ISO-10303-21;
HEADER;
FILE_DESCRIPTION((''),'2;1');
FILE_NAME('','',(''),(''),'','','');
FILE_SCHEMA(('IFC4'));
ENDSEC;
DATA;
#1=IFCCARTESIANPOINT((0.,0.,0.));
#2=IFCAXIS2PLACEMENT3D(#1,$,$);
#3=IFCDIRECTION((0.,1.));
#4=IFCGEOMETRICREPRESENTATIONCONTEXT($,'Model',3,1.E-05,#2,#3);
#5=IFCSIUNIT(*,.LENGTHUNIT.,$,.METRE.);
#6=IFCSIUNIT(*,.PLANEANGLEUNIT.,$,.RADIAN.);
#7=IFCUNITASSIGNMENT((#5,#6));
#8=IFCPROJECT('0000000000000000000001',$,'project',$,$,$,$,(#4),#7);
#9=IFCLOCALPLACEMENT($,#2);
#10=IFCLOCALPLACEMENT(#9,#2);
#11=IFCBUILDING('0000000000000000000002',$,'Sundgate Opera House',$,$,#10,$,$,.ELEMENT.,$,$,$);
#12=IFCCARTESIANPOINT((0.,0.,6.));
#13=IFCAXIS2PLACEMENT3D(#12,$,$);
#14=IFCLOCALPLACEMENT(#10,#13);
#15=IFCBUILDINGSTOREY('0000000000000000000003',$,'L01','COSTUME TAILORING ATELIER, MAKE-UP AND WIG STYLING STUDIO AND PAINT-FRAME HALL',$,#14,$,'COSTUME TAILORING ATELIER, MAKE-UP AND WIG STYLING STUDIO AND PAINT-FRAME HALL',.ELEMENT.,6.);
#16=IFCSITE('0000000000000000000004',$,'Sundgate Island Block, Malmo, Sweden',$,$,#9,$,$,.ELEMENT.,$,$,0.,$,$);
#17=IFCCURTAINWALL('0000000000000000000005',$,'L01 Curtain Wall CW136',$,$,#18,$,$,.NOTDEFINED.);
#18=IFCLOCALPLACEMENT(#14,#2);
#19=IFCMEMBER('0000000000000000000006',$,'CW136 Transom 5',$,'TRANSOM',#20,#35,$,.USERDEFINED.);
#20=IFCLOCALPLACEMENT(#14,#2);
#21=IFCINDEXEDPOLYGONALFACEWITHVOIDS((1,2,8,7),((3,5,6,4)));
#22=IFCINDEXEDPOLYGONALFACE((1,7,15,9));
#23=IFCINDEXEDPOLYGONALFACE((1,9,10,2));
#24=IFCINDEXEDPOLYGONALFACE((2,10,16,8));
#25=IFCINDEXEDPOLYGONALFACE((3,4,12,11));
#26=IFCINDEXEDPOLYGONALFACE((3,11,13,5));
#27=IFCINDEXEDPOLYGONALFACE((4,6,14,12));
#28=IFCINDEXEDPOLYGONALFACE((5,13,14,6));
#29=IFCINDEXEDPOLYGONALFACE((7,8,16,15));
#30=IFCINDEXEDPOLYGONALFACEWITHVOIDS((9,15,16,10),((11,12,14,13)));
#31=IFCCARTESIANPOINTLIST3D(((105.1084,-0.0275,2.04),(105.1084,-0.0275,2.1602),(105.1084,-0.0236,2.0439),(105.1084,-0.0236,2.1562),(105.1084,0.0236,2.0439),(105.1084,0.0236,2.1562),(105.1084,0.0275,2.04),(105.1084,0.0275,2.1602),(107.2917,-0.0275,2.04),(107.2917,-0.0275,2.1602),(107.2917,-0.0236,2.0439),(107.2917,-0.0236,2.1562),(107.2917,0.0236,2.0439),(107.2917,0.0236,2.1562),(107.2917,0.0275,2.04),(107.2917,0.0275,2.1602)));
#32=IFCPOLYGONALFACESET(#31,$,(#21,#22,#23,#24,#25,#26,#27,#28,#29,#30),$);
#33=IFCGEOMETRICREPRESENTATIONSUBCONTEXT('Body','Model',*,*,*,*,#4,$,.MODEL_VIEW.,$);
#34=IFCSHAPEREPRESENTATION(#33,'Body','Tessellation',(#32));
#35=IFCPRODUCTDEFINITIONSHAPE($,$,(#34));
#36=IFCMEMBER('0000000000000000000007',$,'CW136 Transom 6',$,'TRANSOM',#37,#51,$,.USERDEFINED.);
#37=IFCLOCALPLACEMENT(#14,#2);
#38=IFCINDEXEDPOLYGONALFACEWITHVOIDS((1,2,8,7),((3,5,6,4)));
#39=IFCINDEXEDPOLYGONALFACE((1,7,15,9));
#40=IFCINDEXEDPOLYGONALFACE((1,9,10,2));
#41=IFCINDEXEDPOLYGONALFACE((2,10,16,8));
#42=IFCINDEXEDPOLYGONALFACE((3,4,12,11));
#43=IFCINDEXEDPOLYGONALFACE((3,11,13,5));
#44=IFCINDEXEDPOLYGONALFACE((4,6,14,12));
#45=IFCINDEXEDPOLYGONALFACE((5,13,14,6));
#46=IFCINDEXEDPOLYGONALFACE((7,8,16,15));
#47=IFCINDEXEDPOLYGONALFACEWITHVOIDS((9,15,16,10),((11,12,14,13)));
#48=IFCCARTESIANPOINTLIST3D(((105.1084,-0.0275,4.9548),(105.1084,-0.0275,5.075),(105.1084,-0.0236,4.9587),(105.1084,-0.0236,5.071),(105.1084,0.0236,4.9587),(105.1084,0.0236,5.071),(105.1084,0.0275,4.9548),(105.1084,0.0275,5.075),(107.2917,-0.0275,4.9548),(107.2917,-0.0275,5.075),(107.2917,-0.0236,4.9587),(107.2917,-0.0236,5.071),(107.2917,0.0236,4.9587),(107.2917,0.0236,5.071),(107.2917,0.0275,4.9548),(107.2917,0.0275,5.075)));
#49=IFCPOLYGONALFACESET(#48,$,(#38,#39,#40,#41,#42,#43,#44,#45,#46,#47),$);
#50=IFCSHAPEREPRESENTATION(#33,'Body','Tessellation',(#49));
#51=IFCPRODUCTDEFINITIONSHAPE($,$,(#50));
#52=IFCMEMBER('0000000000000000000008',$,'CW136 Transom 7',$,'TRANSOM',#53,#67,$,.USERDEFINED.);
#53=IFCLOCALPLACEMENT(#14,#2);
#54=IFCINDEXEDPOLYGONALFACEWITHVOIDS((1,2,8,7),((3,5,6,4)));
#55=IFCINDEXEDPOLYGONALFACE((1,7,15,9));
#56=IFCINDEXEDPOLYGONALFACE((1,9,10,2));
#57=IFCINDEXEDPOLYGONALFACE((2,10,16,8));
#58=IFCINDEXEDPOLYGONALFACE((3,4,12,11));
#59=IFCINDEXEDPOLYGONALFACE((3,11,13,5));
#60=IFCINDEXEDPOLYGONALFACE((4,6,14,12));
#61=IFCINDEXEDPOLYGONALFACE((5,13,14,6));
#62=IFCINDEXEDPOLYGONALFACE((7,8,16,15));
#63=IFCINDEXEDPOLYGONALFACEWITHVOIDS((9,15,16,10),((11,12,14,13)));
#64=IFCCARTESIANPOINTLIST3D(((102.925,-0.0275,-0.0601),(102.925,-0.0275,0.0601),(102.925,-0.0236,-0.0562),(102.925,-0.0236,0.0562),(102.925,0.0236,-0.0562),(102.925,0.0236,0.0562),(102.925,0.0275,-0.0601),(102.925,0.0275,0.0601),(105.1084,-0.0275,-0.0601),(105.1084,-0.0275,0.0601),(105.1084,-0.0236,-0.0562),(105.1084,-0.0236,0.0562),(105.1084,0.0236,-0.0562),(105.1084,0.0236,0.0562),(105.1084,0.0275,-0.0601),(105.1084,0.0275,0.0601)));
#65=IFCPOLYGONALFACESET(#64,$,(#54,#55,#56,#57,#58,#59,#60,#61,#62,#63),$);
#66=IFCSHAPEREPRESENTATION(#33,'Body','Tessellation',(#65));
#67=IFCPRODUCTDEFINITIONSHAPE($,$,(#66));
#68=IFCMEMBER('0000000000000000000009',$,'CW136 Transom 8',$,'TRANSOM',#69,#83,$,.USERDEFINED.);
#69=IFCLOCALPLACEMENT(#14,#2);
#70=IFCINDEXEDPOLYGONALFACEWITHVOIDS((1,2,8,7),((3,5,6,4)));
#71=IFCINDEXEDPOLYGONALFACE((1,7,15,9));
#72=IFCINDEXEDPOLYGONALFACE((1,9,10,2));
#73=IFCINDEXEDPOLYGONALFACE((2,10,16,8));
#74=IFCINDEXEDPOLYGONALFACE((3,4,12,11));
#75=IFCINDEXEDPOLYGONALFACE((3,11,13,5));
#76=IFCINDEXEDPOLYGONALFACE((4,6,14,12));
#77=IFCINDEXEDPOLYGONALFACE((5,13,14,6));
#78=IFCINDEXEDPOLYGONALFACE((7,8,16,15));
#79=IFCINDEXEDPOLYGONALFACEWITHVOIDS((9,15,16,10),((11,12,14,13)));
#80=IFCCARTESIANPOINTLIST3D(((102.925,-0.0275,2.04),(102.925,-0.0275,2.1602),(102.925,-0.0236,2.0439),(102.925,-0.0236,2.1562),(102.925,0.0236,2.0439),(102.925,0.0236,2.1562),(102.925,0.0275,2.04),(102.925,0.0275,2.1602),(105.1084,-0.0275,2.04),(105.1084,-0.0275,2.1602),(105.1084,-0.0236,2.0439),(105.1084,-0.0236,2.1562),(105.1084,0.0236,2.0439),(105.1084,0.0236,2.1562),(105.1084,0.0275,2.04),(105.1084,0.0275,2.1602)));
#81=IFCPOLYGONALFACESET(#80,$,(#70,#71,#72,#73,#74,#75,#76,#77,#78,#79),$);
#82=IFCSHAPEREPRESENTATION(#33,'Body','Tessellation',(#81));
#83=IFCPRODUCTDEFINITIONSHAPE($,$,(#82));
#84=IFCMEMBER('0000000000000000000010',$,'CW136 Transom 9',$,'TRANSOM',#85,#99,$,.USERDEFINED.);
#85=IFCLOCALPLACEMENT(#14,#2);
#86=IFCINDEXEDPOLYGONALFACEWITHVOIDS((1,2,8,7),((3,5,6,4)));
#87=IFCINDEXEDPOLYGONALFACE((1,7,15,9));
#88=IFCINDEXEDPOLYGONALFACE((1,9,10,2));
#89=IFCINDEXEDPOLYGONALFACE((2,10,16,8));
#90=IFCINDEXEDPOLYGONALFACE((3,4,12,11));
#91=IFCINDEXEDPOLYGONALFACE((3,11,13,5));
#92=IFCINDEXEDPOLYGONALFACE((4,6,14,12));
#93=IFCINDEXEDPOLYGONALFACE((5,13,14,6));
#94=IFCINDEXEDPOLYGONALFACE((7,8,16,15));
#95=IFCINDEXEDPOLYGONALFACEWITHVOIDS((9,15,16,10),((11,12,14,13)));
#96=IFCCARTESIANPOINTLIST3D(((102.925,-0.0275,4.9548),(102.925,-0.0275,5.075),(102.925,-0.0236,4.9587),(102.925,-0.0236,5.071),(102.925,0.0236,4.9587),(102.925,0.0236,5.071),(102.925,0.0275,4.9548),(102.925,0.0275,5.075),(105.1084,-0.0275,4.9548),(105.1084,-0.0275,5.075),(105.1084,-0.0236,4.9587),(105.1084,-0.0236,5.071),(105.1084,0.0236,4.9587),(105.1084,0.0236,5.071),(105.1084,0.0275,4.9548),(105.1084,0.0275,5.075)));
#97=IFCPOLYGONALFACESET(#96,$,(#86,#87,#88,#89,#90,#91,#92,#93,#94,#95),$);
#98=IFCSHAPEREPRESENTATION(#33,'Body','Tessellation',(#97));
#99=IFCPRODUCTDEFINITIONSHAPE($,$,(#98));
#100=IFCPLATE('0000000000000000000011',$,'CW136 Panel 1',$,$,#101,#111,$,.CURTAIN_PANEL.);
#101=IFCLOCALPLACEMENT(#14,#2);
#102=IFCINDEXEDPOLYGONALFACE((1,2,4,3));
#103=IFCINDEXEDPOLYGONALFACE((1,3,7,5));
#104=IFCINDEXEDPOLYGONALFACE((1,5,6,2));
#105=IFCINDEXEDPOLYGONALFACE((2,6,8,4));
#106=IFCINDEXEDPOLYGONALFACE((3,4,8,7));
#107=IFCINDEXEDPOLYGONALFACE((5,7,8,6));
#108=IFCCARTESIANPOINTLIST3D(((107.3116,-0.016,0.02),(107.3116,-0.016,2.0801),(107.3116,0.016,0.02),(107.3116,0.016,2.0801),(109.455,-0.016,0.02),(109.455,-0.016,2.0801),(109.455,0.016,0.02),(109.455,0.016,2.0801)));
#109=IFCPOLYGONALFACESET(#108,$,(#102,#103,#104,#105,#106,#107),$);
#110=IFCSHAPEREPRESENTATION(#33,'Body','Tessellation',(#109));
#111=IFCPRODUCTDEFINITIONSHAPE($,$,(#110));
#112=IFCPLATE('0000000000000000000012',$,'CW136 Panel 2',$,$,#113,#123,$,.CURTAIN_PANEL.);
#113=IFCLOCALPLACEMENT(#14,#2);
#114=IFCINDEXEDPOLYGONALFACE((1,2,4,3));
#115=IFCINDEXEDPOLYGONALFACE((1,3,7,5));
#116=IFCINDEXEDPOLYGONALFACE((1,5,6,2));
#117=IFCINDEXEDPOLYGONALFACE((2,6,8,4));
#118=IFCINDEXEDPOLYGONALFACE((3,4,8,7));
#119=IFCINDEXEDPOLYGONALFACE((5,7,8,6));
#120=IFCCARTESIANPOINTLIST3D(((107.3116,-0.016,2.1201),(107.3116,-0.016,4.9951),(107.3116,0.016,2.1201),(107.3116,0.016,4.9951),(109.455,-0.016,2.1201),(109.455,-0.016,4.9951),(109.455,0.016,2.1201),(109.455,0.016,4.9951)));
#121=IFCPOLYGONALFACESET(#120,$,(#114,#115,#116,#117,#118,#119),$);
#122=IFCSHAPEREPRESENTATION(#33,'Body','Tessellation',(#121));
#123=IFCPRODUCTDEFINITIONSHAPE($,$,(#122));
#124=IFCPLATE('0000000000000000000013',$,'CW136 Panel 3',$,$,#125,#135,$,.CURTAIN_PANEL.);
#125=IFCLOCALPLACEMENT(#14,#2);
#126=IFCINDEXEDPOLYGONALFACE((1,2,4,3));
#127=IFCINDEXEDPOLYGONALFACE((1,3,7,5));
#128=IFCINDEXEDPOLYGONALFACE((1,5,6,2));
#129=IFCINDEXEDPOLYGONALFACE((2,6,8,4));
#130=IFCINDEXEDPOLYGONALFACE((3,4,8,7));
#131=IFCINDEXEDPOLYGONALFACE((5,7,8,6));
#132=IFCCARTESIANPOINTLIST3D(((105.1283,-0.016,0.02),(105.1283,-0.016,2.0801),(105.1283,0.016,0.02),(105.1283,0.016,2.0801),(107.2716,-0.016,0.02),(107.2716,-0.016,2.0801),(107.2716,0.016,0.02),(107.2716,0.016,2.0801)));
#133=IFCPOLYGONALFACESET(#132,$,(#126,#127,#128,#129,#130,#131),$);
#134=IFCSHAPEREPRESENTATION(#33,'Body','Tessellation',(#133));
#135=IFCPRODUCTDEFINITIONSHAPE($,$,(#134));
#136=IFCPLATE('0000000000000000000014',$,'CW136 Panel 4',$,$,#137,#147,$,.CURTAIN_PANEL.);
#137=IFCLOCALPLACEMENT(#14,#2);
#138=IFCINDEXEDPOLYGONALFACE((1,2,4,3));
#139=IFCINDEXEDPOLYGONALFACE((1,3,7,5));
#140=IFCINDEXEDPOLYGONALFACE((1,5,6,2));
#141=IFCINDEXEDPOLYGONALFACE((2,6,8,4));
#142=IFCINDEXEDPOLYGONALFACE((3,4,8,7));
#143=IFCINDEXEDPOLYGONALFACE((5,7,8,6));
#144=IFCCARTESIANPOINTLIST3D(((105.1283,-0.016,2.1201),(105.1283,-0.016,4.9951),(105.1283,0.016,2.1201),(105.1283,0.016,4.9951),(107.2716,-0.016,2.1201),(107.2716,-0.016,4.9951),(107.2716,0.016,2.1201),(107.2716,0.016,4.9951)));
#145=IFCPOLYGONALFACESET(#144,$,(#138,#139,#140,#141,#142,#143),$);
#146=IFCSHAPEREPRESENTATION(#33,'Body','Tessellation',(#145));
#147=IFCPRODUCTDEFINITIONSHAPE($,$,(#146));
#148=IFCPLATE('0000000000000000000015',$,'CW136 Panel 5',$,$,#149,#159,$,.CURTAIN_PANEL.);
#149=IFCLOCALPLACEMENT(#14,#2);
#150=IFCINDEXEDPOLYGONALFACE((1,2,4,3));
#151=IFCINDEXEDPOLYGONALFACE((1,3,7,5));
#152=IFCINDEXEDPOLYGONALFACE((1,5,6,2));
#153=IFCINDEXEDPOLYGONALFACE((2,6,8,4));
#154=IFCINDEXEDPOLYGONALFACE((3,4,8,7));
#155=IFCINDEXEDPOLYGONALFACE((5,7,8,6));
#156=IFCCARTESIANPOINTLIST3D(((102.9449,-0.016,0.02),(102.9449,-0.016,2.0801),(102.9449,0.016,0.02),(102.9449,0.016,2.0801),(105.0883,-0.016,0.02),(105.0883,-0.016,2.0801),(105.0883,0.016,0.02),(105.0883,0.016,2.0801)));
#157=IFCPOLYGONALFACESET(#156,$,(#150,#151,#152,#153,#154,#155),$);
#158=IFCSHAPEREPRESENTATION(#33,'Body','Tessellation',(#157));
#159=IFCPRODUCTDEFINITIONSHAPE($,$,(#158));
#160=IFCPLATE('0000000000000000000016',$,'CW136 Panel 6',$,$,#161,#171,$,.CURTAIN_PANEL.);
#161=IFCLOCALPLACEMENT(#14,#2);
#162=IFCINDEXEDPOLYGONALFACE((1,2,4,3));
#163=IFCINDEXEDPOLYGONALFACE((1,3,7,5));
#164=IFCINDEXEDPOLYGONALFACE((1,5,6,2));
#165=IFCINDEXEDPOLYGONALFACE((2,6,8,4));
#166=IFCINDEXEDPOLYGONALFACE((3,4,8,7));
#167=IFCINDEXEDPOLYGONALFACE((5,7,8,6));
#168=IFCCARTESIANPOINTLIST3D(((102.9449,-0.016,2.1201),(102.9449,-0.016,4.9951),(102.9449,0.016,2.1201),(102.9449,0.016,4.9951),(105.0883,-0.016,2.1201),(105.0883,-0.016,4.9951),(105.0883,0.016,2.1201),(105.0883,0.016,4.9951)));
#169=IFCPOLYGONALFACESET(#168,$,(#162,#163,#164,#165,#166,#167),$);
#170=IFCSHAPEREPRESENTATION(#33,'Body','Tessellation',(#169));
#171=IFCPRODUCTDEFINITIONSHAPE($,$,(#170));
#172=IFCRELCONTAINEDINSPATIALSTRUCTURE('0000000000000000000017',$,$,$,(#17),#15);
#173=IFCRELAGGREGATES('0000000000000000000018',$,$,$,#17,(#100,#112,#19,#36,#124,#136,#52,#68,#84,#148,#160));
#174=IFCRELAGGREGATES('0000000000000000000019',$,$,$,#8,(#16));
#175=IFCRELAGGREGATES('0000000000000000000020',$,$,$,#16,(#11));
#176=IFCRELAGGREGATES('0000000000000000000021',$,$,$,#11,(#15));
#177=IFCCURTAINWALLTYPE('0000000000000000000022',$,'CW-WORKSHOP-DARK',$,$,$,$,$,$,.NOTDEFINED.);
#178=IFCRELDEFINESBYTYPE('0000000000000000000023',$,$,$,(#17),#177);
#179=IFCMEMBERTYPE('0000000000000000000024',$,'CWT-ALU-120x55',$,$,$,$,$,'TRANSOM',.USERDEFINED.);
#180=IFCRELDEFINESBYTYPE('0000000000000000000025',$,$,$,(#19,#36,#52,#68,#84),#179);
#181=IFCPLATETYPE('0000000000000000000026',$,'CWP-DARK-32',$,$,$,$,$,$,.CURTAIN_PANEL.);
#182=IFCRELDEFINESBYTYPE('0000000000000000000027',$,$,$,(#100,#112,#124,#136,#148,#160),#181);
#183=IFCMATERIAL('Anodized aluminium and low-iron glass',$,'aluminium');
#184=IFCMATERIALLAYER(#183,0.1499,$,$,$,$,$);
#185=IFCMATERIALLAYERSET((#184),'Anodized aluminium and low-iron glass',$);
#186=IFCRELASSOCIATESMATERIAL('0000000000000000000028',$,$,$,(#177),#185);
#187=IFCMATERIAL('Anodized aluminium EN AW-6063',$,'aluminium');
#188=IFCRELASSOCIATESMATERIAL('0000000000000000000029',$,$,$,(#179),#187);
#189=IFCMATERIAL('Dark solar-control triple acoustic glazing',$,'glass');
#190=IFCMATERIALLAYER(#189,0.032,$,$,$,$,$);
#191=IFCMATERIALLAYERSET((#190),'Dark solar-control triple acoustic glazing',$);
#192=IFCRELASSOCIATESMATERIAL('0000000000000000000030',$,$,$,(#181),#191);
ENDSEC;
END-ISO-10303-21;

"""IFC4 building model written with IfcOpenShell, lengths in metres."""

from ifc_helpers import new_model, si_unit, direction, frame, origin, origin_2d, place, context, subcontext, project, spatial, rectangle, hollow_rectangle, extrude, material, layer, layer_set, material_profile, profile_set, type_object, element, aggregate, save


model = new_model("IFC4")

# Units and contexts
model_context = context("Model", 3, precision=1e-05, world=origin(), true_north=direction((0.0, 1.0)))
body_context = subcontext(model_context, "Body", "Model", "MODEL_VIEW")
ifc_project = project(units=[si_unit("LENGTHUNIT", "METRE"), si_unit("PLANEANGLEUNIT", "RADIAN")], contexts=[model_context])

# Site, building, storey
site_placement = place(None, origin())
site = spatial("IfcSite", under=ifc_project, at=site_placement, Name="Sundgate Island Block, Malmo, Sweden", CompositionType="ELEMENT", RefElevation=0.0)
building_placement = place(site_placement, origin())
building = spatial("IfcBuilding", under=site, at=building_placement, Name="Sundgate Opera House", CompositionType="ELEMENT")
storey_placement = place(building_placement, frame((0.0, 0.0, 6.0)))
storey = spatial("IfcBuildingStorey", under=building, at=storey_placement, Name="L01", Description="COSTUME TAILORING ATELIER, MAKE-UP AND WIG STYLING STUDIO AND PAINT-FRAME HALL", LongName="COSTUME TAILORING ATELIER, MAKE-UP AND WIG STYLING STUDIO AND PAINT-FRAME HALL", CompositionType="ELEMENT", Elevation=6.0)

# Curtain wall, members, plates
ifc_material_1 = material(Name="Anodized aluminium and low-iron glass", Category="aluminium")
ifc_layer_1 = layer(ifc_material_1, 0.1499)
ifc_layer_set_1 = layer_set([ifc_layer_1], Name="Anodized aluminium and low-iron glass")
curtain_wall_type = type_object("IfcCurtainWallType", Name="CW-WORKSHOP-DARK", PredefinedType="NOTDEFINED", material=ifc_layer_set_1)
curtain_wall_placement = place(storey_placement, origin())
curtain_wall = element("IfcCurtainWall", 1, at=curtain_wall_placement, inside=storey, type_object=curtain_wall_type, Name="L01 Curtain Wall CW136", PredefinedType="NOTDEFINED")
ifc_material_2 = material(Name="Anodized aluminium EN AW-6063", Category="aluminium")
ifc_material_profile_1 = material_profile(ifc_material_2, hollow_rectangle(XDim=0.0549, YDim=0.1201, WallThickness=0.0039, at=origin_2d()), Name="CWT 120x55x4")
ifc_profile_set_1 = profile_set([ifc_material_profile_1], Name="Anodized aluminium EN AW-6063")
member_type_1 = type_object("IfcMemberType", Name="CWT-ALU-120x55", ElementType="TRANSOM", PredefinedType="USERDEFINED", material=ifc_profile_set_1)
member_1_placement = place(storey_placement, frame((107.2917, 0.0, 2.1001), z_axis=(-1.0, 0.0, 0.0), x_axis=(0.0, -1.0, 0.0)))
member_1 = element("IfcMember", 2, at=member_1_placement, type_object=member_type_1, Name="CW136 Transom 5", ObjectType="TRANSOM", PredefinedType="USERDEFINED", context=body_context, shape_type="SweptSolid", body=[
    extrude(hollow_rectangle(XDim=0.0549, YDim=0.1201, WallThickness=0.0039, at=origin_2d()), origin(), (0.0, 0.0, 1.0), 2.1833),
])
member_2_placement = place(storey_placement, frame((107.2917, 0.0, 5.0149), z_axis=(-1.0, 0.0, 0.0), x_axis=(0.0, -1.0, 0.0)))
member_2 = element("IfcMember", 3, at=member_2_placement, type_object=member_type_1, Name="CW136 Transom 6", ObjectType="TRANSOM", PredefinedType="USERDEFINED", context=body_context, shape_type="SweptSolid", body=[
    extrude(hollow_rectangle(XDim=0.0549, YDim=0.1201, WallThickness=0.0039, at=origin_2d()), origin(), (0.0, 0.0, 1.0), 2.1833),
])
member_3_placement = place(storey_placement, frame((105.1084, 0.0, 0.0), z_axis=(-1.0, 0.0, 0.0), x_axis=(0.0, -1.0, 0.0)))
member_3 = element("IfcMember", 4, at=member_3_placement, type_object=member_type_1, Name="CW136 Transom 7", ObjectType="TRANSOM", PredefinedType="USERDEFINED", context=body_context, shape_type="SweptSolid", body=[
    extrude(hollow_rectangle(XDim=0.0549, YDim=0.1201, WallThickness=0.0039, at=origin_2d()), origin(), (0.0, 0.0, 1.0), 2.1833),
])
member_4_placement = place(storey_placement, frame((105.1084, 0.0, 2.1001), z_axis=(-1.0, 0.0, 0.0), x_axis=(0.0, -1.0, 0.0)))
member_4 = element("IfcMember", 5, at=member_4_placement, type_object=member_type_1, Name="CW136 Transom 8", ObjectType="TRANSOM", PredefinedType="USERDEFINED", context=body_context, shape_type="SweptSolid", body=[
    extrude(hollow_rectangle(XDim=0.0549, YDim=0.1201, WallThickness=0.0039, at=origin_2d()), origin(), (0.0, 0.0, 1.0), 2.1833),
])
member_5_placement = place(storey_placement, frame((105.1084, 0.0, 5.0149), z_axis=(-1.0, 0.0, 0.0), x_axis=(0.0, -1.0, 0.0)))
member_5 = element("IfcMember", 6, at=member_5_placement, type_object=member_type_1, Name="CW136 Transom 9", ObjectType="TRANSOM", PredefinedType="USERDEFINED", context=body_context, shape_type="SweptSolid", body=[
    extrude(hollow_rectangle(XDim=0.0549, YDim=0.1201, WallThickness=0.0039, at=origin_2d()), origin(), (0.0, 0.0, 1.0), 2.1833),
])
ifc_material_3 = material(Name="Dark solar-control triple acoustic glazing", Category="glass")
ifc_layer_2 = layer(ifc_material_3, 0.032)
ifc_layer_set_2 = layer_set([ifc_layer_2], Name="Dark solar-control triple acoustic glazing")
plate_type = type_object("IfcPlateType", Name="CWP-DARK-32", PredefinedType="CURTAIN_PANEL", material=ifc_layer_set_2)
plate_1_placement = place(storey_placement, frame((108.3833, 0.0, 0.02), z_axis=(0.0, 0.0, 1.0), x_axis=(-1.0, 0.0, 0.0)))
plate_1 = element("IfcPlate", 7, at=plate_1_placement, type_object=plate_type, Name="CW136 Panel 1", PredefinedType="CURTAIN_PANEL", context=body_context, shape_type="SweptSolid", body=[
    extrude(rectangle(XDim=2.1433, YDim=0.032, at=origin_2d()), origin(), (0.0, 0.0, 1.0), 2.0601),
])
plate_2_placement = place(storey_placement, frame((108.3833, 0.0, 2.1201), z_axis=(0.0, 0.0, 1.0), x_axis=(-1.0, 0.0, 0.0)))
plate_2 = element("IfcPlate", 8, at=plate_2_placement, type_object=plate_type, Name="CW136 Panel 2", PredefinedType="CURTAIN_PANEL", context=body_context, shape_type="SweptSolid", body=[
    extrude(rectangle(XDim=2.1433, YDim=0.032, at=origin_2d()), origin(), (0.0, 0.0, 1.0), 2.875),
])
plate_3_placement = place(storey_placement, frame((106.2, 0.0, 0.02), z_axis=(0.0, 0.0, 1.0), x_axis=(-1.0, 0.0, 0.0)))
plate_3 = element("IfcPlate", 9, at=plate_3_placement, type_object=plate_type, Name="CW136 Panel 3", PredefinedType="CURTAIN_PANEL", context=body_context, shape_type="SweptSolid", body=[
    extrude(rectangle(XDim=2.1433, YDim=0.032, at=origin_2d()), origin(), (0.0, 0.0, 1.0), 2.0601),
])
plate_4_placement = place(storey_placement, frame((106.2, 0.0, 2.1201), z_axis=(0.0, 0.0, 1.0), x_axis=(-1.0, 0.0, 0.0)))
plate_4 = element("IfcPlate", 10, at=plate_4_placement, type_object=plate_type, Name="CW136 Panel 4", PredefinedType="CURTAIN_PANEL", context=body_context, shape_type="SweptSolid", body=[
    extrude(rectangle(XDim=2.1433, YDim=0.032, at=origin_2d()), origin(), (0.0, 0.0, 1.0), 2.875),
])
plate_5_placement = place(storey_placement, frame((104.0166, 0.0, 0.02), z_axis=(0.0, 0.0, 1.0), x_axis=(-1.0, 0.0, 0.0)))
plate_5 = element("IfcPlate", 11, at=plate_5_placement, type_object=plate_type, Name="CW136 Panel 5", PredefinedType="CURTAIN_PANEL", context=body_context, shape_type="SweptSolid", body=[
    extrude(rectangle(XDim=2.1433, YDim=0.032, at=origin_2d()), origin(), (0.0, 0.0, 1.0), 2.0601),
])
plate_6_placement = place(storey_placement, frame((104.0166, 0.0, 2.1201), z_axis=(0.0, 0.0, 1.0), x_axis=(-1.0, 0.0, 0.0)))
plate_6 = element("IfcPlate", 12, at=plate_6_placement, type_object=plate_type, Name="CW136 Panel 6", PredefinedType="CURTAIN_PANEL", context=body_context, shape_type="SweptSolid", body=[
    extrude(rectangle(XDim=2.1433, YDim=0.032, at=origin_2d()), origin(), (0.0, 0.0, 1.0), 2.875),
])
aggregate(curtain_wall, [plate_1, plate_2, member_1, member_2, plate_3, plate_4, member_3, member_4, member_5, plate_5, plate_6])

save(model, "model.ifc")
